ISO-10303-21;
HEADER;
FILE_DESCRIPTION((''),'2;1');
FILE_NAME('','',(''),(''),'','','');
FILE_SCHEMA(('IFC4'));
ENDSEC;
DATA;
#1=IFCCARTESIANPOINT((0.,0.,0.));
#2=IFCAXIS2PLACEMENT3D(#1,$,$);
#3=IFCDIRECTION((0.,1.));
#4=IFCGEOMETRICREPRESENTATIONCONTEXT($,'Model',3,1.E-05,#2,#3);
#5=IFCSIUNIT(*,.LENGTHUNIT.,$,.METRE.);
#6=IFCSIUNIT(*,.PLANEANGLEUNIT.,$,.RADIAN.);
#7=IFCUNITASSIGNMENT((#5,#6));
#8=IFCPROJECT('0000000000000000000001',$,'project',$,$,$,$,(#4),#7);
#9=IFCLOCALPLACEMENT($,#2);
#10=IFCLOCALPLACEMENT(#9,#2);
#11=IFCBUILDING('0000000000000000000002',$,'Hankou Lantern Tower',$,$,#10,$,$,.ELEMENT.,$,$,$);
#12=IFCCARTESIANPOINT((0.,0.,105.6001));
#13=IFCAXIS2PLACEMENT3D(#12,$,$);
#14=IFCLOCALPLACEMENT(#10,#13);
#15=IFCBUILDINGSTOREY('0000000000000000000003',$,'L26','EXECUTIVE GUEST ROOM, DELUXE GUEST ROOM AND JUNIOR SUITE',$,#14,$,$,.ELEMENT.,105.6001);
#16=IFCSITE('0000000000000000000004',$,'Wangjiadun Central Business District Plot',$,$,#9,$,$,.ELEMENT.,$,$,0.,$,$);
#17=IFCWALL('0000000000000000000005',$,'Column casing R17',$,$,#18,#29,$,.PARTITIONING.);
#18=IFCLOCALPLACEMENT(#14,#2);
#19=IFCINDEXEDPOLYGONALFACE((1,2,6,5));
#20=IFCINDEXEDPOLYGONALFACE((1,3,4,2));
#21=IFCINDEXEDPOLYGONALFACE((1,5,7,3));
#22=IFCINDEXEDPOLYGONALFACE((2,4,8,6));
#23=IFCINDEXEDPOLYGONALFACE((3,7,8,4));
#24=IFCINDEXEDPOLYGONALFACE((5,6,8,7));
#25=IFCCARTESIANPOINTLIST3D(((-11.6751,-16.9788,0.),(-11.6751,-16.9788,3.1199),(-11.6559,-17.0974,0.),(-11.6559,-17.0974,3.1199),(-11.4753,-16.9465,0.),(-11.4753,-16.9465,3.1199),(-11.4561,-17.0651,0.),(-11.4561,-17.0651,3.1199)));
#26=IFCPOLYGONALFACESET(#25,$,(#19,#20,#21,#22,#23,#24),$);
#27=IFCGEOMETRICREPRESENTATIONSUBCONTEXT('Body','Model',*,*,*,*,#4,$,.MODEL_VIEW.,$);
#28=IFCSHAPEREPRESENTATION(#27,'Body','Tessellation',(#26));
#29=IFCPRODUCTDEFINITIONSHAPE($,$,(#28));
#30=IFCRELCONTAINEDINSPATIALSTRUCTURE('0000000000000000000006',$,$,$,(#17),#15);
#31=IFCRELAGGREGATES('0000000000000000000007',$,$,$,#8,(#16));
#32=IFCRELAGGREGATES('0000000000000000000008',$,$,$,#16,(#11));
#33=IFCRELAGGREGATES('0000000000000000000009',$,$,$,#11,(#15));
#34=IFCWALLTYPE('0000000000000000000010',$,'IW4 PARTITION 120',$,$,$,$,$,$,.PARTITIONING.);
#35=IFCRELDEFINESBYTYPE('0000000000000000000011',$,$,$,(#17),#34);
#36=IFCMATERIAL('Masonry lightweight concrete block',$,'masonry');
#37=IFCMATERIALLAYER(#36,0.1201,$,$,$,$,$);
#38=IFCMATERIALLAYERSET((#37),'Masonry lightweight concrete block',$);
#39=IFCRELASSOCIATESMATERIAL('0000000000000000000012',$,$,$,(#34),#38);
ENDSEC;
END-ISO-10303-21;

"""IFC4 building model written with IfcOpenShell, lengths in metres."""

from ifc_helpers import new_model, si_unit, direction, frame, frame_2d, origin, place, context, subcontext, project, spatial, rectangle, extrude, material, layer, layer_set, type_object, element, save


model = new_model("IFC4")

# Units and contexts
model_context = context("Model", 3, precision=1e-05, world=origin(), true_north=direction((0.0, 1.0)))
body_context = subcontext(model_context, "Body", "Model", "MODEL_VIEW")
ifc_project = project(units=[si_unit("LENGTHUNIT", "METRE"), si_unit("PLANEANGLEUNIT", "RADIAN")], contexts=[model_context])

# Site, building, storey
site_placement = place(None, origin())
site = spatial("IfcSite", under=ifc_project, at=site_placement, Name="Wangjiadun Central Business District Plot", CompositionType="ELEMENT", RefElevation=0.0)
building_placement = place(site_placement, origin())
building = spatial("IfcBuilding", under=site, at=building_placement, Name="Hankou Lantern Tower", CompositionType="ELEMENT")
storey_placement = place(building_placement, frame((0.0, 0.0, 105.6001)))
storey = spatial("IfcBuildingStorey", under=building, at=storey_placement, Name="L26", Description="EXECUTIVE GUEST ROOM, DELUXE GUEST ROOM AND JUNIOR SUITE", CompositionType="ELEMENT", Elevation=105.6001)

# Wall
ifc_material_1 = material(Name="Masonry lightweight concrete block", Category="masonry")
ifc_layer_1 = layer(ifc_material_1, 0.1201)
ifc_layer_set_1 = layer_set([ifc_layer_1], Name="Masonry lightweight concrete block")
wall_type_1 = type_object("IfcWallType", Name="IW4 PARTITION 120", PredefinedType="PARTITIONING", material=ifc_layer_set_1)
wall_1_placement = place(storey_placement, frame((-11.4658, -17.0059, 0.0), z_axis=(0.0, 0.0, 1.0), x_axis=(-0.987229, -0.159308, 0.0)))
element("IfcWall", 1, at=wall_1_placement, inside=storey, type_object=wall_type_1, Name="Column casing R17", PredefinedType="PARTITIONING", context=body_context, shape_type="SweptSolid", body=[
    extrude(rectangle(XDim=0.2024, YDim=0.1201, at=frame_2d((0.1011, 0.0))), origin(), (0.0, 0.0, 1.0), 3.1199),
])

save(model, "model.ifc")
